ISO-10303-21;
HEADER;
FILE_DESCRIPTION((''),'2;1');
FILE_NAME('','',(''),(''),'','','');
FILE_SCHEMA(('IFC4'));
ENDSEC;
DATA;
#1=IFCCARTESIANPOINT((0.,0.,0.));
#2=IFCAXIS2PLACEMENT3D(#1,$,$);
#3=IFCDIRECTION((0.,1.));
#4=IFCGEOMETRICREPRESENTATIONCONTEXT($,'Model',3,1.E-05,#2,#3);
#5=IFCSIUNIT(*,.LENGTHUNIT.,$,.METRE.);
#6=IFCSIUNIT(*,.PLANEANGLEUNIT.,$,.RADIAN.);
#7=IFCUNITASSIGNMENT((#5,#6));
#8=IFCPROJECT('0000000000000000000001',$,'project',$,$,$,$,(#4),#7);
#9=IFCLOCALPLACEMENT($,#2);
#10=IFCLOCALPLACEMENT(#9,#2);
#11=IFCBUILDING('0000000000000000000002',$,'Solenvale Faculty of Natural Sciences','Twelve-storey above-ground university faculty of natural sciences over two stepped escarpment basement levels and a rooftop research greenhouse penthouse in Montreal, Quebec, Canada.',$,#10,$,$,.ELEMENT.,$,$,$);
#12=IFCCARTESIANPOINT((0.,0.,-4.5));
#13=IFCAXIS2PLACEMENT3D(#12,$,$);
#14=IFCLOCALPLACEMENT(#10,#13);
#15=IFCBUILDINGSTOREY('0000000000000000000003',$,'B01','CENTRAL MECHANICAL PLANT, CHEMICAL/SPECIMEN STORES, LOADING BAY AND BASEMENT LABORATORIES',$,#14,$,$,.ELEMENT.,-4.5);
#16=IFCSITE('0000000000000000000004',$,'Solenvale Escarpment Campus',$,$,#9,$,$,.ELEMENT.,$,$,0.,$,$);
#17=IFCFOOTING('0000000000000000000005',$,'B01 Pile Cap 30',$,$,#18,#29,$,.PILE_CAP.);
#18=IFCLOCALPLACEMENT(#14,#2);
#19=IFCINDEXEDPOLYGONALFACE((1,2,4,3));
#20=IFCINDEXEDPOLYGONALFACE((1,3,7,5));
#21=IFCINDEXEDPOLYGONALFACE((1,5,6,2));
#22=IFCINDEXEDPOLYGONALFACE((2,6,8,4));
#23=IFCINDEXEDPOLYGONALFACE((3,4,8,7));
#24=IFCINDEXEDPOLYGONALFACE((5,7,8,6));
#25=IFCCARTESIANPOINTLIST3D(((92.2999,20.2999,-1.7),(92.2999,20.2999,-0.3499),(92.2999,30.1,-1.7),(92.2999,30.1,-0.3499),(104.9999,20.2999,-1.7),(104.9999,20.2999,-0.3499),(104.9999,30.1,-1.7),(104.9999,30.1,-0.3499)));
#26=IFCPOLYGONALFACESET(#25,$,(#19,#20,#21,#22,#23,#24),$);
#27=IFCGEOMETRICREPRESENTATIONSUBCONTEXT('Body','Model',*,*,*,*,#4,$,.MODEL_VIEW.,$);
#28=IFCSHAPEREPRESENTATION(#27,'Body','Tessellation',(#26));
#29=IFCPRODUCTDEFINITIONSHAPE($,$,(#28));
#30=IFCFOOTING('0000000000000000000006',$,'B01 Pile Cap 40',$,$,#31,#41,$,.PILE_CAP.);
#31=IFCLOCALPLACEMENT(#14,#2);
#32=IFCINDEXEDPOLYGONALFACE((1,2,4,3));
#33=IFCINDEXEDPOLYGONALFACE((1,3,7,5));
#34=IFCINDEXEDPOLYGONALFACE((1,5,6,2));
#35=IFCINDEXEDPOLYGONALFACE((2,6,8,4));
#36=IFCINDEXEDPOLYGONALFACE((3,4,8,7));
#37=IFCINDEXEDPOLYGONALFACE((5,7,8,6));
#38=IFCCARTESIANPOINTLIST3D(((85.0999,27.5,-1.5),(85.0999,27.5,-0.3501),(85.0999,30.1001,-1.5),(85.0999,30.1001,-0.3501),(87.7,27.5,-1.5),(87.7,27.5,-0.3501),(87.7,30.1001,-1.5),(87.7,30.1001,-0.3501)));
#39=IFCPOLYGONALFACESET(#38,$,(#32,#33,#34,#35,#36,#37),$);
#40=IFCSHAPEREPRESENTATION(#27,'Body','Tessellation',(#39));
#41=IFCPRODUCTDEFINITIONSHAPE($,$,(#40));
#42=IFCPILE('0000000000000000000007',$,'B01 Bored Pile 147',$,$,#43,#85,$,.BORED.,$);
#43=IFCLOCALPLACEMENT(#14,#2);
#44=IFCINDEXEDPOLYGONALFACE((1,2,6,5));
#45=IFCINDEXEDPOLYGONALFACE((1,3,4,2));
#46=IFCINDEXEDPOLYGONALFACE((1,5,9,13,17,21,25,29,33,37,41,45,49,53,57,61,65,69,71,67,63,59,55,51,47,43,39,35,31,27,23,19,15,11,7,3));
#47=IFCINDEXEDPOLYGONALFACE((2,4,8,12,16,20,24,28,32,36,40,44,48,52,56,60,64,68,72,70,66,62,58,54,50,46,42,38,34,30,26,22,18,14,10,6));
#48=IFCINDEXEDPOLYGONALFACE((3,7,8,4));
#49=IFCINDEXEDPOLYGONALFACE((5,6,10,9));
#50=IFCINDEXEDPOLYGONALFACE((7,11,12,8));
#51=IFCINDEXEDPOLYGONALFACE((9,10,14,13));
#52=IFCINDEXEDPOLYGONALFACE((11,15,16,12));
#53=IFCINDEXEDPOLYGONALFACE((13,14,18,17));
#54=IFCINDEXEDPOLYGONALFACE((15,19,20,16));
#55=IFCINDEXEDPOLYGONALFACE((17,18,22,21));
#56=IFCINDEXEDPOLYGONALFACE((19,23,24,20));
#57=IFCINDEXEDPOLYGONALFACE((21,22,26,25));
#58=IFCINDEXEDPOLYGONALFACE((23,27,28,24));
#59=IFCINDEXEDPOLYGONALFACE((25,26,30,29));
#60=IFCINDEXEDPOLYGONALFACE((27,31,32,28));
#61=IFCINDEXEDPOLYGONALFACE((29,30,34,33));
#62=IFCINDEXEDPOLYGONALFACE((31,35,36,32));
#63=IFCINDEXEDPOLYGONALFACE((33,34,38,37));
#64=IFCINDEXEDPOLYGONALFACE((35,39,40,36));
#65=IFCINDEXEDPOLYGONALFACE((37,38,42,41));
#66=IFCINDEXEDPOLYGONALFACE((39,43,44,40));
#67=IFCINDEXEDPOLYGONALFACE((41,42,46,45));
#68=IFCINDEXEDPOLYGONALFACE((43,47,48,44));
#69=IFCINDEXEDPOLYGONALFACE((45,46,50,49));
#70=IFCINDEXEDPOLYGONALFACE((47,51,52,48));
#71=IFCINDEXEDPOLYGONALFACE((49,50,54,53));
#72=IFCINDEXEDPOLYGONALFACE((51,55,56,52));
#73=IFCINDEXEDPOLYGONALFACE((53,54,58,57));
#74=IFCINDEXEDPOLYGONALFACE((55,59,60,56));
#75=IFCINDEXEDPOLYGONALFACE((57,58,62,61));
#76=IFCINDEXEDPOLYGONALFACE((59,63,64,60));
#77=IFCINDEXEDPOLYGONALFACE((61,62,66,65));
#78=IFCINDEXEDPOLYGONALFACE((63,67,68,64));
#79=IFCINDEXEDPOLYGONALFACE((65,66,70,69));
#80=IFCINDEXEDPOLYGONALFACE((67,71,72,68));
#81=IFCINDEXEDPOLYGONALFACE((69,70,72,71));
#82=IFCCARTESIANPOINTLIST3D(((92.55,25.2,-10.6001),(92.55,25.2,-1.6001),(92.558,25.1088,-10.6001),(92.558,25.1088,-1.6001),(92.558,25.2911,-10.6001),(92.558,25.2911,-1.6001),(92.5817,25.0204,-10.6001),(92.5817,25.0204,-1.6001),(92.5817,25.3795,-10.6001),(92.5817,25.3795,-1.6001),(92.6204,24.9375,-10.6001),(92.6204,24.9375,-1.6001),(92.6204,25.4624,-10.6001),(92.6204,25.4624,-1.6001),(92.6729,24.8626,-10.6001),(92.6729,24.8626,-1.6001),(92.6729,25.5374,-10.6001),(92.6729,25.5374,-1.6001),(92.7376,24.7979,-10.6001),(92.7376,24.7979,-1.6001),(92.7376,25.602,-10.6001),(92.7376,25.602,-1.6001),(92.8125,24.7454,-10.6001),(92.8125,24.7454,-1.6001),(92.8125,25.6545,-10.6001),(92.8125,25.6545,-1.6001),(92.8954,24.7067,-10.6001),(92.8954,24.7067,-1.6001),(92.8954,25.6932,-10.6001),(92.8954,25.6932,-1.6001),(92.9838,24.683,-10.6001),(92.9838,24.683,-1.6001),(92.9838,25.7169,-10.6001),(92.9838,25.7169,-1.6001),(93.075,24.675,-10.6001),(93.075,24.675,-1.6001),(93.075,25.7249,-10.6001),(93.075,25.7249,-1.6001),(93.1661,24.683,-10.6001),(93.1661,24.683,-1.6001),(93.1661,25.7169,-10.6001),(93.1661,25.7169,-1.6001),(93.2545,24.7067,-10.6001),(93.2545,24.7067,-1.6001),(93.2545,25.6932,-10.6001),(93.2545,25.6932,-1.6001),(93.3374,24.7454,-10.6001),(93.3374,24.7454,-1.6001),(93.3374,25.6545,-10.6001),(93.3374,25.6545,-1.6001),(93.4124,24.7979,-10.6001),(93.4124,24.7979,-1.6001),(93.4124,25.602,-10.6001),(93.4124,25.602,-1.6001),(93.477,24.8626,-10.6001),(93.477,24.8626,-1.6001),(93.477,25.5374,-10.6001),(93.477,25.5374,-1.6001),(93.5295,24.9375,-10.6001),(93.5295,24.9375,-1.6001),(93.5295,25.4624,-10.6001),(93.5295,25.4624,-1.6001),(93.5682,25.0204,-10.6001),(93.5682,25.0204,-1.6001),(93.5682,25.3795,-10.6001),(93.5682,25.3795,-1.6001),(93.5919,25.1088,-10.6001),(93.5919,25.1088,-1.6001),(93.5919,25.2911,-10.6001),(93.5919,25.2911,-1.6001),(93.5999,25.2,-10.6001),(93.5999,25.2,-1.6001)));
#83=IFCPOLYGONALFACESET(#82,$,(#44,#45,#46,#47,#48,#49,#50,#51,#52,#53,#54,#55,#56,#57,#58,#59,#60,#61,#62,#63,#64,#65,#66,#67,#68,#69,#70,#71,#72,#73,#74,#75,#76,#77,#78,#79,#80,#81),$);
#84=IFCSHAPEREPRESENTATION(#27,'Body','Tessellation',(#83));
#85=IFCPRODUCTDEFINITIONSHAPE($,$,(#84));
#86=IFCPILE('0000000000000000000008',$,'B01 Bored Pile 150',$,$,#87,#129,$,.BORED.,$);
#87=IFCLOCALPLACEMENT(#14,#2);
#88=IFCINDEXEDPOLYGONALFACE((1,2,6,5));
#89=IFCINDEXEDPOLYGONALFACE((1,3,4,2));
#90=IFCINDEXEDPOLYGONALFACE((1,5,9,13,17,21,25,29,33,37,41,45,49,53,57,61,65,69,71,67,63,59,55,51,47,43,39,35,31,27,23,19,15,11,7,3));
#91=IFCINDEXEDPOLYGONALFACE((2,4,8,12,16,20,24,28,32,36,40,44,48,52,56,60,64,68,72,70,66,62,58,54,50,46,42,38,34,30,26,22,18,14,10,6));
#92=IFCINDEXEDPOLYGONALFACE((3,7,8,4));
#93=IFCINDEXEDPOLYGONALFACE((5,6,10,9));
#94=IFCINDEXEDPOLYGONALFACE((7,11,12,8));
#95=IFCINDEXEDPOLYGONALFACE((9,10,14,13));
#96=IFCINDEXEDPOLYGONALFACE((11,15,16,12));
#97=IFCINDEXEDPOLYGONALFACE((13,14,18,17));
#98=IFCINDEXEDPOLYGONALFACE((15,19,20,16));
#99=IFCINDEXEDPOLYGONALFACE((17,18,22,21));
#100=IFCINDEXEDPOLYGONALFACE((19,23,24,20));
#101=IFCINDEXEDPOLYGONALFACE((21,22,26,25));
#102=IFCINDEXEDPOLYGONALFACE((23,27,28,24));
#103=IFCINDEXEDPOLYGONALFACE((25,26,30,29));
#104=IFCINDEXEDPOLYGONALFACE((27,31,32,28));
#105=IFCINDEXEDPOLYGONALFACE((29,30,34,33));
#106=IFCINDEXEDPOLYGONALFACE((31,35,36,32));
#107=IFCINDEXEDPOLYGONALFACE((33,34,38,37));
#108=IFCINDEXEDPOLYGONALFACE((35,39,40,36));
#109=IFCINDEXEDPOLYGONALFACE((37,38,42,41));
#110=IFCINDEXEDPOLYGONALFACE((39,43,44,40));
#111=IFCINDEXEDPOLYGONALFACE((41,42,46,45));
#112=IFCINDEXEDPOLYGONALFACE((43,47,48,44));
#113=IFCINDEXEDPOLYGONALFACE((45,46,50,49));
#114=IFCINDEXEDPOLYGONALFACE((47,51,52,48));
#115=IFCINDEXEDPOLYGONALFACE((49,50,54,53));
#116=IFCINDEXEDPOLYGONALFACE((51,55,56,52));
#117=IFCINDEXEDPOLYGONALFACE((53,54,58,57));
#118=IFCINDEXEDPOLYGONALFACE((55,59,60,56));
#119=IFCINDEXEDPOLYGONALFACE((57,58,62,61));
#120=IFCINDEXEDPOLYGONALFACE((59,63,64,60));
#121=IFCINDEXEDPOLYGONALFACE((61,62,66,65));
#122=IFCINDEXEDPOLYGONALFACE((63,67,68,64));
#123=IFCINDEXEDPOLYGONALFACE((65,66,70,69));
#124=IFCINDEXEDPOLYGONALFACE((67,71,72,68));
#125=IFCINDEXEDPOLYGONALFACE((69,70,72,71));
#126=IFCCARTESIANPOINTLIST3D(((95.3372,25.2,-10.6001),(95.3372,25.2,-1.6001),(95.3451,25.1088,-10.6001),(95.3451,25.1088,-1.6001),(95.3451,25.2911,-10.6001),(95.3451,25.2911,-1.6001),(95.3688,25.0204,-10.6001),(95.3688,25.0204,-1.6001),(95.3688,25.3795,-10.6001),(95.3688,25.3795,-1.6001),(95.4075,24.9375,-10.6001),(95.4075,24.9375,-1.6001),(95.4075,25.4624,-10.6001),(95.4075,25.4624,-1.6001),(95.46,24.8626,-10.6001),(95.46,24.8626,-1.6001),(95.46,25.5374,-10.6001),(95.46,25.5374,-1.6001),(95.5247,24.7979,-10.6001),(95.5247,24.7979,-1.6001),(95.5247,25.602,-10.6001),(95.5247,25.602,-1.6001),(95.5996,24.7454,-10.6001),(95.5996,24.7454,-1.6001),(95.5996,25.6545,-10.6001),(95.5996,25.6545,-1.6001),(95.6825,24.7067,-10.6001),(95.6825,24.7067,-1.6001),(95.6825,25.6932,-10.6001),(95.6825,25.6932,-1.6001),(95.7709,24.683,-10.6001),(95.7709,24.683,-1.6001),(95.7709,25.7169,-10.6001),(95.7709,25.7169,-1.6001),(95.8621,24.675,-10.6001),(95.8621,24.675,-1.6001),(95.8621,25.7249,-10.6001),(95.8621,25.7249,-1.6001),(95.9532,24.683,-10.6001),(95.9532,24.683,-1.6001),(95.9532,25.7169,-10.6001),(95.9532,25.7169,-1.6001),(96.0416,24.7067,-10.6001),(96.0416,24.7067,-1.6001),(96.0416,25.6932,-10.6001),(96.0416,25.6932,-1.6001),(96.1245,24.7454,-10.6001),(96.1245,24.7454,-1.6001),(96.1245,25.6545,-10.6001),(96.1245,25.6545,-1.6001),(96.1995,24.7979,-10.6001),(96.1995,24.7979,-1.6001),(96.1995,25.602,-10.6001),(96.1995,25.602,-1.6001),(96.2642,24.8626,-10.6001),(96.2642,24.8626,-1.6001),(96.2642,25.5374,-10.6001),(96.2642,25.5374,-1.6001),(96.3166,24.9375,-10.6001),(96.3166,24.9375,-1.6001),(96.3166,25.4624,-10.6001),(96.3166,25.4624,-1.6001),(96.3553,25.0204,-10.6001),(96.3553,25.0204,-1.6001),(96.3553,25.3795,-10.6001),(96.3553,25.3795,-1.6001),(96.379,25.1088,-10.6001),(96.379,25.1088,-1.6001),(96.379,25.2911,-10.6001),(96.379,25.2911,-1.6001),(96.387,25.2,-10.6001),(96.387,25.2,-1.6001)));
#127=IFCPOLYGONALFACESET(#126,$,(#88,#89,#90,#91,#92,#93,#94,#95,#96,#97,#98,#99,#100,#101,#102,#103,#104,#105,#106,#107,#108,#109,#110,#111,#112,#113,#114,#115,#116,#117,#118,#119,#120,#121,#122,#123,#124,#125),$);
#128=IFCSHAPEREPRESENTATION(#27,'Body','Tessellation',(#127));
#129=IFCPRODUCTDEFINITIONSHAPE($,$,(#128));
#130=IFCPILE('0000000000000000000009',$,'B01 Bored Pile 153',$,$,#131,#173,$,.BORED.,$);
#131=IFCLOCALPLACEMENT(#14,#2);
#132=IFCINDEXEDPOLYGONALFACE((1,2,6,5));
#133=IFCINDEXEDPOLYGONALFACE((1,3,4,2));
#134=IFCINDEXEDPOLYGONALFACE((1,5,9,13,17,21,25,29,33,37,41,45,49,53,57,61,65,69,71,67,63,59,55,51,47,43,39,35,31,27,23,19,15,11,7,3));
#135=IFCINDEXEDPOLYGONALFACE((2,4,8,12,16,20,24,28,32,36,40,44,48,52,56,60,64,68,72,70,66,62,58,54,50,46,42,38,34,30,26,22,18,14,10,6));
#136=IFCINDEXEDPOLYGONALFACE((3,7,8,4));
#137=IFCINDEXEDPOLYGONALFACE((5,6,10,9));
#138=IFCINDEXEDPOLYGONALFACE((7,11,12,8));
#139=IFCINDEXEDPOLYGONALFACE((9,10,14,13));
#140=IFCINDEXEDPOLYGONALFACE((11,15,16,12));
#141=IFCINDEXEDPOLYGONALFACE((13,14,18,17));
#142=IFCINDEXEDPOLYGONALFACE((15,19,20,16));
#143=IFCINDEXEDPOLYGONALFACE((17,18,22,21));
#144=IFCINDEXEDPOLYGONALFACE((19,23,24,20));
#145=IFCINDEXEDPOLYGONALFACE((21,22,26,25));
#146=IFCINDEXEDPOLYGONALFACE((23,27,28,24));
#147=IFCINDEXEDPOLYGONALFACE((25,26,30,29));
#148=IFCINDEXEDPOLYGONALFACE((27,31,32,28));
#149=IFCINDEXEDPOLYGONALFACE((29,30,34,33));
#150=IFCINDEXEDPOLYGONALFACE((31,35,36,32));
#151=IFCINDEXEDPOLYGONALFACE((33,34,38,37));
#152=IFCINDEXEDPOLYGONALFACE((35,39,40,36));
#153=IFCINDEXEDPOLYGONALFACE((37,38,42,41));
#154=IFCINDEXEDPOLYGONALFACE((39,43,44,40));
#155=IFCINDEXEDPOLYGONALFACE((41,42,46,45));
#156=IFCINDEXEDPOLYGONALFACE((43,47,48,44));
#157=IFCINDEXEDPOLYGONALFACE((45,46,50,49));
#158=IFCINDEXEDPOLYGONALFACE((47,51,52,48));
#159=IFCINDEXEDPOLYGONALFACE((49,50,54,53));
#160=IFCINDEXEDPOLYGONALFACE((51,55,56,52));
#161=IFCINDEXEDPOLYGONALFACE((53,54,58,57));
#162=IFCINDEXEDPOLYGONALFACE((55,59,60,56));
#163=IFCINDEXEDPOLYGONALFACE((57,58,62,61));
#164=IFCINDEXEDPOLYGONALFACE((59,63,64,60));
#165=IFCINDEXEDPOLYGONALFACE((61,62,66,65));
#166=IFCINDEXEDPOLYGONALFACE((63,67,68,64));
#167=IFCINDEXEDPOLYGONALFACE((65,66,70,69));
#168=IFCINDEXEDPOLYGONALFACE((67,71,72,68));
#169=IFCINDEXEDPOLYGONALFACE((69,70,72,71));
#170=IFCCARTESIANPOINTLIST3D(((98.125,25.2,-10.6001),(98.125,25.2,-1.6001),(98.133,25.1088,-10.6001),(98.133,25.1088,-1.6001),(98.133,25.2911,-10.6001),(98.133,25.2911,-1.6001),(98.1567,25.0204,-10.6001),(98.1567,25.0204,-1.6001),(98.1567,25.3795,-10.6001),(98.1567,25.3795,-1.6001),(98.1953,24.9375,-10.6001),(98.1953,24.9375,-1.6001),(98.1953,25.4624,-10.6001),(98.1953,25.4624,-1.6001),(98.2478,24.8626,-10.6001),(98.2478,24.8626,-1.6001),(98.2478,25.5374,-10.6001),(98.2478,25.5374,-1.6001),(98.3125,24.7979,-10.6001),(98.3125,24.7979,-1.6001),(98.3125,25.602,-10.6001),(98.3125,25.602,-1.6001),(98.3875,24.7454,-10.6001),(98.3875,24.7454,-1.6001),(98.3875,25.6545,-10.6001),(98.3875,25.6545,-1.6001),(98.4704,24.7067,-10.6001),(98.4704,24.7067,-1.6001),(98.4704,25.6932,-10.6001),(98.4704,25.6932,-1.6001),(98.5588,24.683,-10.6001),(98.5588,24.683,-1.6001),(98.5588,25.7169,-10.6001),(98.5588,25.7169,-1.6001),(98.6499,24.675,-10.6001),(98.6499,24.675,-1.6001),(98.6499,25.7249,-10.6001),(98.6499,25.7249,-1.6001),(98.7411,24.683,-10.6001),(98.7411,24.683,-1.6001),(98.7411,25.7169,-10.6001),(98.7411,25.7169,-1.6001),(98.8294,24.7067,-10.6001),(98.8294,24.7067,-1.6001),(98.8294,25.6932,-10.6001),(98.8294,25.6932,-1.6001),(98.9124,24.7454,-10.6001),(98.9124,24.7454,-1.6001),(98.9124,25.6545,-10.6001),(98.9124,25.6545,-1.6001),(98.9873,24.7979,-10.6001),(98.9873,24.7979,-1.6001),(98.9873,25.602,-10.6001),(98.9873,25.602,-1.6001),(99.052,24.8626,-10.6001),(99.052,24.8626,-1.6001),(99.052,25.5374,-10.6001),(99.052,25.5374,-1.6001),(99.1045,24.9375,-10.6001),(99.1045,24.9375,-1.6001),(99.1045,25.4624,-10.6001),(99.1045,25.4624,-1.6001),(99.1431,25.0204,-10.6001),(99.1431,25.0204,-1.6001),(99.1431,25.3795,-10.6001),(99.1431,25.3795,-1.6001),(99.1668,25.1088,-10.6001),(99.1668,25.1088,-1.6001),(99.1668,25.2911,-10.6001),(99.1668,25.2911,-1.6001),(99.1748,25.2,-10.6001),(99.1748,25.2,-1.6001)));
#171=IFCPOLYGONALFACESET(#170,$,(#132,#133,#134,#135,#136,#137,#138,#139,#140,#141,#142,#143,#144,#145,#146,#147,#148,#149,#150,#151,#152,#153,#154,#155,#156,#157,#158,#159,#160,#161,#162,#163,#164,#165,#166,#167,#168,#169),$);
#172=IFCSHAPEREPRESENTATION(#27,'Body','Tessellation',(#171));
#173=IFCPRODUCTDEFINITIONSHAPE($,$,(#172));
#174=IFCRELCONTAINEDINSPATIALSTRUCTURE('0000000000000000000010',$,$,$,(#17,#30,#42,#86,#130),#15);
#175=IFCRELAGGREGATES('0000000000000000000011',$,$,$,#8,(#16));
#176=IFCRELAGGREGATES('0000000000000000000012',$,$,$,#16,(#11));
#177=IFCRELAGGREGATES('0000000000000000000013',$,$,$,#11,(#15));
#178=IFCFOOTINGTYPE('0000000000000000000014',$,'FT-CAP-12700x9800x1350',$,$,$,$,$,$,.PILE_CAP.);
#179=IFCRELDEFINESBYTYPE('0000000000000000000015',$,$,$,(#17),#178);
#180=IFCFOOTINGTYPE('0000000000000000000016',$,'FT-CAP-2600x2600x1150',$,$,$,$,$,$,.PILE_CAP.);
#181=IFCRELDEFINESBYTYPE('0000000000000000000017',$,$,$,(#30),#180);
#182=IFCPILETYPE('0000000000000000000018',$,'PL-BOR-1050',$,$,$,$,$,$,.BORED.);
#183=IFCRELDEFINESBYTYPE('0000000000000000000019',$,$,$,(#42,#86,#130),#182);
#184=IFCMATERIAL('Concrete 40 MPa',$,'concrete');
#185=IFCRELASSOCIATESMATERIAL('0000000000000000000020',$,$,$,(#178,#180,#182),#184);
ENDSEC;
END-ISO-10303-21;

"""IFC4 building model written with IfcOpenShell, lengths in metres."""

from ifc_helpers import new_model, si_unit, direction, frame, origin, origin_2d, place, context, subcontext, project, spatial, rectangle, circle, extrude, material, material_profile, profile_set, type_object, element, save


model = new_model("IFC4")

# Units and contexts
model_context = context("Model", 3, precision=1e-05, world=origin(), true_north=direction((0.0, 1.0)))
body_context = subcontext(model_context, "Body", "Model", "MODEL_VIEW")
ifc_project = project(units=[si_unit("LENGTHUNIT", "METRE"), si_unit("PLANEANGLEUNIT", "RADIAN")], contexts=[model_context])

# Site, building, storey
site_placement = place(None, origin())
site = spatial("IfcSite", under=ifc_project, at=site_placement, Name="Solenvale Escarpment Campus", CompositionType="ELEMENT", RefElevation=0.0)
building_placement = place(site_placement, origin())
building = spatial("IfcBuilding", under=site, at=building_placement, Name="Solenvale Faculty of Natural Sciences", Description="Twelve-storey above-ground university faculty of natural sciences over two stepped escarpment basement levels and a rooftop research greenhouse penthouse in Montreal, Quebec, Canada.", CompositionType="ELEMENT")
storey_placement = place(building_placement, frame((0.0, 0.0, -4.5)))
storey = spatial("IfcBuildingStorey", under=building, at=storey_placement, Name="B01", Description="CENTRAL MECHANICAL PLANT, CHEMICAL/SPECIMEN STORES, LOADING BAY AND BASEMENT LABORATORIES", CompositionType="ELEMENT", Elevation=-4.5)

# Footings
ifc_material_1 = material(Name="Concrete 40 MPa", Category="concrete")
footing_type_1 = type_object("IfcFootingType", Name="FT-CAP-12700x9800x1350", PredefinedType="PILE_CAP", material=ifc_material_1)
footing_1_placement = place(storey_placement, frame((98.6499, 25.2, -1.7), z_axis=(0.0, 0.0, 1.0), x_axis=(1.0, 0.0, 0.0)))
element("IfcFooting", 1, at=footing_1_placement, inside=storey, type_object=footing_type_1, Name="B01 Pile Cap 30", PredefinedType="PILE_CAP", context=body_context, shape_type="SweptSolid", body=[
    extrude(rectangle(XDim=12.7, YDim=9.8, at=origin_2d()), origin(), (0.0, 0.0, 1.0), 1.3501),
])
footing_type_2 = type_object("IfcFootingType", Name="FT-CAP-2600x2600x1150", PredefinedType="PILE_CAP", material=ifc_material_1)
footing_2_placement = place(storey_placement, frame((86.3999, 28.8, -1.5), z_axis=(0.0, 0.0, 1.0), x_axis=(1.0, 0.0, 0.0)))
element("IfcFooting", 2, at=footing_2_placement, inside=storey, type_object=footing_type_2, Name="B01 Pile Cap 40", PredefinedType="PILE_CAP", context=body_context, shape_type="SweptSolid", body=[
    extrude(rectangle(XDim=2.6001, YDim=2.6001, at=origin_2d()), origin(), (0.0, 0.0, 1.0), 1.1499),
])

# Piles
ifc_material_profile_1 = material_profile(ifc_material_1, circle(Radius=0.5249, at=origin_2d()), Name="PILE-D1050")
ifc_profile_set_1 = profile_set([ifc_material_profile_1], Name="Concrete 40 MPa")
pile_type_1 = type_object("IfcPileType", Name="PL-BOR-1050", PredefinedType="BORED", material=ifc_profile_set_1)
for number, where, z_axis, x_axis, name in (
    (3, (93.075, 25.2, -1.6001), (0.0, 0.0, -1.0), (1.0, 0.0, 0.0), "B01 Bored Pile 147"),
    (4, (95.8621, 25.2, -1.6001), (0.0, 0.0, -1.0), (1.0, 0.0, 0.0), "B01 Bored Pile 150"),
    (5, (98.6499, 25.2, -1.6001), (0.0, 0.0, -1.0), (1.0, 0.0, 0.0), "B01 Bored Pile 153"),
):
    element("IfcPile", number, at=place(storey_placement, frame(where, z_axis=z_axis, x_axis=x_axis)), inside=storey, type_object=pile_type_1, Name=name, PredefinedType="BORED", context=body_context, shape_type="SweptSolid", body=[
        extrude(circle(Radius=0.5249, at=origin_2d()), origin(), (0.0, 0.0, 1.0), 9.0),
    ])

save(model, "model.ifc")
